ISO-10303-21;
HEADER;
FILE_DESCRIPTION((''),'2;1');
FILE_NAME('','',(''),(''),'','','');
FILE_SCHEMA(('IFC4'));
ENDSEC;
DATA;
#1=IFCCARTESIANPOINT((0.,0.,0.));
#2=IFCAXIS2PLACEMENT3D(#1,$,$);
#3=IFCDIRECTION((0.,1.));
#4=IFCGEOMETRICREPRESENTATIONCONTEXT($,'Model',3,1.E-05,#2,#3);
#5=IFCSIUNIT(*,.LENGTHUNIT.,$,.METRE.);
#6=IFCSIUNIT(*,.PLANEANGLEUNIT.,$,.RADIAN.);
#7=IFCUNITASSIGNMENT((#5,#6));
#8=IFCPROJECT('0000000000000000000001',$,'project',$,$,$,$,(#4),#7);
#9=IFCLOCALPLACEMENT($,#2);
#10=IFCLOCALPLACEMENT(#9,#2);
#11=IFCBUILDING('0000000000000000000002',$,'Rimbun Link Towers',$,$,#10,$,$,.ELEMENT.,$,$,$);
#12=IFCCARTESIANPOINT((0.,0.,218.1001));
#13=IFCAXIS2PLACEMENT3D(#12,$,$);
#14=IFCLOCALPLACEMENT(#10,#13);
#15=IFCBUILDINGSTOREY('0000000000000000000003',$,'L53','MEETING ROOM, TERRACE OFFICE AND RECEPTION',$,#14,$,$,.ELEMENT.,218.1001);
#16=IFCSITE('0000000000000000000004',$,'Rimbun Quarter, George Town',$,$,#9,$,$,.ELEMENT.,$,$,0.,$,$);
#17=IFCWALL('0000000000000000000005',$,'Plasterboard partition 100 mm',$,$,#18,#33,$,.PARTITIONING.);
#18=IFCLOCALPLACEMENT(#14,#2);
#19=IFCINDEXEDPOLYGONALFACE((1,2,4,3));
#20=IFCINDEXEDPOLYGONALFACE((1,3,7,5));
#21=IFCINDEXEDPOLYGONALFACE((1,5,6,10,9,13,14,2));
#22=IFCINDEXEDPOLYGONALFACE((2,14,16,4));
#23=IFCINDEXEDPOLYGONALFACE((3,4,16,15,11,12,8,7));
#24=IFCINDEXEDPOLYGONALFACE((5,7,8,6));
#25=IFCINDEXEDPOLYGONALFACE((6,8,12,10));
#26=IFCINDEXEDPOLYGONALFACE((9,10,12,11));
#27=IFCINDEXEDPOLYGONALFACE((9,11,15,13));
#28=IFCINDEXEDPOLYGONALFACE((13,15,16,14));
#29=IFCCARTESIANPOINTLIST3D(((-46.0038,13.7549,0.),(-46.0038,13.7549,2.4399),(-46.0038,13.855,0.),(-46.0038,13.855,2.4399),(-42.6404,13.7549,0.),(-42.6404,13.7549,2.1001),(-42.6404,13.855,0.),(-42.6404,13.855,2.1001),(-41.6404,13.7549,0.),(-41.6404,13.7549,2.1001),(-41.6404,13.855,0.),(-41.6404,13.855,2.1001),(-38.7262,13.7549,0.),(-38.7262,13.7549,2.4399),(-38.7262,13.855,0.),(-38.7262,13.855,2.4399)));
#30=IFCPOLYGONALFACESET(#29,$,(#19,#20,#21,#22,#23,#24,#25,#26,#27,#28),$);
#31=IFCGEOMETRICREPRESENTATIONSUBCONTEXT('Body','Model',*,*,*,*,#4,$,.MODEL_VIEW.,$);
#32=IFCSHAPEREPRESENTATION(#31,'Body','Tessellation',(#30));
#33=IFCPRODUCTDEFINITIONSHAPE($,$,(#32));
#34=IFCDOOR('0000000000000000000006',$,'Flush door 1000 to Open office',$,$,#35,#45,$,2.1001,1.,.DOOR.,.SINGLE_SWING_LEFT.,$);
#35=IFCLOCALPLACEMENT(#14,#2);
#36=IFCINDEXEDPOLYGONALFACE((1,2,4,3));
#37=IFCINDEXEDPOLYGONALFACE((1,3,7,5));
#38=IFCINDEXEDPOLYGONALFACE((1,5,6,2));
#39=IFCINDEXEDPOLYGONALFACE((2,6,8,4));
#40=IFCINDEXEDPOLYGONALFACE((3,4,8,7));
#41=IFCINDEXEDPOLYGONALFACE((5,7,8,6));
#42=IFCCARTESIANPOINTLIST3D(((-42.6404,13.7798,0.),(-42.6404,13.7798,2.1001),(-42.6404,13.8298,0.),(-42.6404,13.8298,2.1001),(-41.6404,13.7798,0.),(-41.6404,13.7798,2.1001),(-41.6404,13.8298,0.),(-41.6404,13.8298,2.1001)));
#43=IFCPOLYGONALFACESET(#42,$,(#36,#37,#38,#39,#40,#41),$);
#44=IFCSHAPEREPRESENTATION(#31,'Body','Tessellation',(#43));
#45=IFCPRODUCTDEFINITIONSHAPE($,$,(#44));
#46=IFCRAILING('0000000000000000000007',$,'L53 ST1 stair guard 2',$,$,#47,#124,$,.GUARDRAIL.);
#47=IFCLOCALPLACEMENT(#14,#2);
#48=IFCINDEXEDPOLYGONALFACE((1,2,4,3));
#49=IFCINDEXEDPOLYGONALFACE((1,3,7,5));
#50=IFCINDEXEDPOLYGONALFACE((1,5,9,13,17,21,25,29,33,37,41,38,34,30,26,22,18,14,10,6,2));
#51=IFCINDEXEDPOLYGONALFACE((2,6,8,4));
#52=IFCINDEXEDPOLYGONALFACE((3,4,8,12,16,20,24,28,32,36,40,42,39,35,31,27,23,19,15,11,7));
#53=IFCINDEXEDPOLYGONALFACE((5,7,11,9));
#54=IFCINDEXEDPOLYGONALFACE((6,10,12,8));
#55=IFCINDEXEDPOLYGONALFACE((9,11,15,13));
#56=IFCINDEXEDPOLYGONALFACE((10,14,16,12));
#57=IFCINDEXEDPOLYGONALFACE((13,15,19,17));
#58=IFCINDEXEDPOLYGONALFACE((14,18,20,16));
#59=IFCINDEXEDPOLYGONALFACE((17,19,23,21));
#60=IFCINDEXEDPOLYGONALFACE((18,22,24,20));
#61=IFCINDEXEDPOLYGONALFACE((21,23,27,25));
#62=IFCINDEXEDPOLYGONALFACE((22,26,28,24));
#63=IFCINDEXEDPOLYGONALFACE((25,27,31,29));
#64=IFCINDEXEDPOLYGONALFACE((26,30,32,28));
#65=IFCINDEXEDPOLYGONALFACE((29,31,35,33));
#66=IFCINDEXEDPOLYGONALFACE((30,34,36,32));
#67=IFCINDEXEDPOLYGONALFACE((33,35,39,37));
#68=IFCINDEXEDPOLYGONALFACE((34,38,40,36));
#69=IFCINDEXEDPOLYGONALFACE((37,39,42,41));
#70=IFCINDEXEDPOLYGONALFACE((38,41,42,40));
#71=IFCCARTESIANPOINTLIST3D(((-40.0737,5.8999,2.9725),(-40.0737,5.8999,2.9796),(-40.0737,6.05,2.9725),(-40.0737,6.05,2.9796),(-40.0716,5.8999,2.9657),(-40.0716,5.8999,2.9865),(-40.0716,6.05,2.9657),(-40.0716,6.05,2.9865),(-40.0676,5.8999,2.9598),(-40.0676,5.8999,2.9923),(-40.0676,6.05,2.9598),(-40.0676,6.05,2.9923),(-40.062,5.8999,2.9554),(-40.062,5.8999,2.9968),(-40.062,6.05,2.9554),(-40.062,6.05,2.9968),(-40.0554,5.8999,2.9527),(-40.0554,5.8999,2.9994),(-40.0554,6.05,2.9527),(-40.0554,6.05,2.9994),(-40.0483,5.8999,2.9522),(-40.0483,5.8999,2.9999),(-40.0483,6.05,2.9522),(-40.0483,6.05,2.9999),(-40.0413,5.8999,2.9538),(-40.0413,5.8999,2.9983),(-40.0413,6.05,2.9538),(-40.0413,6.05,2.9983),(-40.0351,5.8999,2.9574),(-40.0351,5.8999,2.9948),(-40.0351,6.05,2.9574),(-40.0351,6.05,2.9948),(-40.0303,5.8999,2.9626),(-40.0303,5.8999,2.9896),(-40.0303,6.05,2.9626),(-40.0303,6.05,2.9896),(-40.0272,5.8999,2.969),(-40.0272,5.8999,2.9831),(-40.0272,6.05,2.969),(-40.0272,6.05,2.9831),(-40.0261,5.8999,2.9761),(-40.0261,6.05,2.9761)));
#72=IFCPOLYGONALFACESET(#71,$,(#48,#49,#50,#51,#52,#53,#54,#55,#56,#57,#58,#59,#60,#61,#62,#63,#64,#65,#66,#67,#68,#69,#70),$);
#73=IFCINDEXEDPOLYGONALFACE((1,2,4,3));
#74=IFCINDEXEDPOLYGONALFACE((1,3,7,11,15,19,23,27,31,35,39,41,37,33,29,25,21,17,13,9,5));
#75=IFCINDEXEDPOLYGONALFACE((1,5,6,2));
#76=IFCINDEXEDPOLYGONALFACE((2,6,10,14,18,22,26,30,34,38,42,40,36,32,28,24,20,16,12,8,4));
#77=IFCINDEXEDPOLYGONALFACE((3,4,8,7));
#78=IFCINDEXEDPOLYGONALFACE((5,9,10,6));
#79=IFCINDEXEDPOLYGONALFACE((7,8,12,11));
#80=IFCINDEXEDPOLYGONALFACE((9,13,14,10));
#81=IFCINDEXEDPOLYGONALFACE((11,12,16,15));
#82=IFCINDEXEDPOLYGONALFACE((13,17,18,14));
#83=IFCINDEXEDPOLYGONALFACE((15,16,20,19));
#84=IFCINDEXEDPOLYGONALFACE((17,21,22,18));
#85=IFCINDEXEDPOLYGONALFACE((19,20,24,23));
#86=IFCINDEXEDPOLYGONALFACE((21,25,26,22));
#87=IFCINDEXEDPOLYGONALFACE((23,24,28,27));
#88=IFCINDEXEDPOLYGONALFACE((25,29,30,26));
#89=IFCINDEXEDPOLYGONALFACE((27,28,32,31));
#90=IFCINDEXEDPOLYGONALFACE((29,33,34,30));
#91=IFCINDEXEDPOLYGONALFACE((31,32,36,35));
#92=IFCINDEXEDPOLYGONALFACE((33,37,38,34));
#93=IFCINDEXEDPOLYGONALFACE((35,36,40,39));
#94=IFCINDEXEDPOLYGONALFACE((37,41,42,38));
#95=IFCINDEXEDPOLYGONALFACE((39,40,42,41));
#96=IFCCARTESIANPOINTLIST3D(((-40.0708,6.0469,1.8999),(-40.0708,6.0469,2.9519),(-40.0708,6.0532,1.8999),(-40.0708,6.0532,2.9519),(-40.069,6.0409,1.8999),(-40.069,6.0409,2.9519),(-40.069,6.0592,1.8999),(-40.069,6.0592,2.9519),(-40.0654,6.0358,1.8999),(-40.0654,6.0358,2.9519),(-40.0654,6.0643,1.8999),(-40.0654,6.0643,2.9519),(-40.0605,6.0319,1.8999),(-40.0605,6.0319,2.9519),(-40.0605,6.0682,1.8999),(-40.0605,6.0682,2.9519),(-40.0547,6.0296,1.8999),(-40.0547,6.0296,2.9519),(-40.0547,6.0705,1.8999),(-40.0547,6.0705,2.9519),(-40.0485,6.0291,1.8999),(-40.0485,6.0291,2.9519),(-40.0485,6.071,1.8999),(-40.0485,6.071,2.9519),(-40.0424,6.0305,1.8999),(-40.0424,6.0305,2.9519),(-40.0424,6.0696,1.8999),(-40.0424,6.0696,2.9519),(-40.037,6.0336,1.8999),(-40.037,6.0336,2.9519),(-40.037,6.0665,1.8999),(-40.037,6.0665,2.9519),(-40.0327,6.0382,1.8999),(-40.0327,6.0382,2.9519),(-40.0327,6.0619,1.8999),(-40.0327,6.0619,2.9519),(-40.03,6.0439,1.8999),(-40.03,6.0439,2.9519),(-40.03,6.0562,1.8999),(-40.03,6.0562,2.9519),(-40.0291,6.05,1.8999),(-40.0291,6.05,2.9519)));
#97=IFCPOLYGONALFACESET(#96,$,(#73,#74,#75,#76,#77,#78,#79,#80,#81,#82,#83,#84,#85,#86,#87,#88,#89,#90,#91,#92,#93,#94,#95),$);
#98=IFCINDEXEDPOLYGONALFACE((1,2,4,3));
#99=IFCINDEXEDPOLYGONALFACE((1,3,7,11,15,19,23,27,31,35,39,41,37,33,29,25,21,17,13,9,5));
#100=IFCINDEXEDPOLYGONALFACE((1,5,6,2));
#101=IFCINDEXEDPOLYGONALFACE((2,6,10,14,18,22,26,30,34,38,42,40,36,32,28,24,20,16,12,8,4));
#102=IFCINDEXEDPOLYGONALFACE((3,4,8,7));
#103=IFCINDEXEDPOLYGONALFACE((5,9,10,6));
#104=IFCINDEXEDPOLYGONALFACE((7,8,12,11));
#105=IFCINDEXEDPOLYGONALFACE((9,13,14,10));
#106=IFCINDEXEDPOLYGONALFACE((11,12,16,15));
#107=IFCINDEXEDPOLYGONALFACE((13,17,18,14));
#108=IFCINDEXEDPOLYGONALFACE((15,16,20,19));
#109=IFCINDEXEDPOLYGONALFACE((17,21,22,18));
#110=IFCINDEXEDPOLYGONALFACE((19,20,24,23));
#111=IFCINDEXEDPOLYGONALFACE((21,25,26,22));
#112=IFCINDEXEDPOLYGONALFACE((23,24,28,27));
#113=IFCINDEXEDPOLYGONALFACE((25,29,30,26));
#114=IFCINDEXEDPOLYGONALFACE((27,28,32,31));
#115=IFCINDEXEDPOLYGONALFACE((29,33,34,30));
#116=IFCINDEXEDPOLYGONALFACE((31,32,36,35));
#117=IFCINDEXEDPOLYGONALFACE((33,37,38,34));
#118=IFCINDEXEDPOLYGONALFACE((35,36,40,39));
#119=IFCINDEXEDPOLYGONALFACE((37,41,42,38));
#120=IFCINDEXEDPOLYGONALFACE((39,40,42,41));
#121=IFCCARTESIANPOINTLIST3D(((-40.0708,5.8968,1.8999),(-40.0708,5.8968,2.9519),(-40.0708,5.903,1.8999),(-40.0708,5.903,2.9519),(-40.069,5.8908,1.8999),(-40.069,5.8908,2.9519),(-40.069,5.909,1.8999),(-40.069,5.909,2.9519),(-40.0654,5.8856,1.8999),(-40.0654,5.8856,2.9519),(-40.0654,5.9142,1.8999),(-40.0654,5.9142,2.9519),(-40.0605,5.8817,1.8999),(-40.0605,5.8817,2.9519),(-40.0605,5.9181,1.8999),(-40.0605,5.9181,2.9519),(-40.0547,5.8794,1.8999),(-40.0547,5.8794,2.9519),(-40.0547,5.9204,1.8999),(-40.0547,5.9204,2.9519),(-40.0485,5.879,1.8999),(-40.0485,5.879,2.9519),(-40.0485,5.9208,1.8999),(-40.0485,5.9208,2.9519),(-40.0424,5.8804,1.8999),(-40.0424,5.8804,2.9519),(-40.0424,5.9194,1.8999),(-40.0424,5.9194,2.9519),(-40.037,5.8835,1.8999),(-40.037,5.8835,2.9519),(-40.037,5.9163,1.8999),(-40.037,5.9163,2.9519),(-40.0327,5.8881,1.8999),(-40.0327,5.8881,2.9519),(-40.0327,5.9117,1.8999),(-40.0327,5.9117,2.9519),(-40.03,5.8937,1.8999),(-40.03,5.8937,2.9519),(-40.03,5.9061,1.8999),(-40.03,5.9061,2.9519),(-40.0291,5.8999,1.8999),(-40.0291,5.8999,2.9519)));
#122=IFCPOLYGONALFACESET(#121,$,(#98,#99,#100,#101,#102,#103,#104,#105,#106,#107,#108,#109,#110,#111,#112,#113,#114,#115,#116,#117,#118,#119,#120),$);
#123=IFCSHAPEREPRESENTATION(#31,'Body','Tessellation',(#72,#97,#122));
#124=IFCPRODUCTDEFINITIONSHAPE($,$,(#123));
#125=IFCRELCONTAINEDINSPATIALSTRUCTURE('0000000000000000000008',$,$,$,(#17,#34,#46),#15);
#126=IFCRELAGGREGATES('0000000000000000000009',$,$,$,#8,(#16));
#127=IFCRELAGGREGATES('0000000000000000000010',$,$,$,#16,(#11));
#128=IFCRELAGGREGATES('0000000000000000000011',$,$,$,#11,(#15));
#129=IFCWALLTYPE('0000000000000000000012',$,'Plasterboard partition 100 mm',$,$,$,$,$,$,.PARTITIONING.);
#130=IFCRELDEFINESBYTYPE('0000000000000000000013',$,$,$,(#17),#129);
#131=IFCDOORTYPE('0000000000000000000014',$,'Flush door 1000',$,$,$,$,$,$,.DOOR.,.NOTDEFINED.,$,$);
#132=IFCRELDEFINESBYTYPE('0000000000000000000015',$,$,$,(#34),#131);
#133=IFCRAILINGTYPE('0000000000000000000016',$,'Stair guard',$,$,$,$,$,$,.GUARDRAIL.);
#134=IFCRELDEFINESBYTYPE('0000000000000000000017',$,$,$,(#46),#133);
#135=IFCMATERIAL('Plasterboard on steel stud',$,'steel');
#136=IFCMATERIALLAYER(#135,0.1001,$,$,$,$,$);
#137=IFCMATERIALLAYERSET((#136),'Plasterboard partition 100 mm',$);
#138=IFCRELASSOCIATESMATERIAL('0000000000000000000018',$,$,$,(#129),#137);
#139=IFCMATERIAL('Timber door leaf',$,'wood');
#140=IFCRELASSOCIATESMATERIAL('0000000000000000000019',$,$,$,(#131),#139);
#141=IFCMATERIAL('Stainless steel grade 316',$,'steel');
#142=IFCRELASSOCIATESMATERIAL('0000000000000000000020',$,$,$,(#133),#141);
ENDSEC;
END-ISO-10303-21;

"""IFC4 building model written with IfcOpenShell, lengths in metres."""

from ifc_helpers import new_model, si_unit, direction, frame, frame_2d, origin, origin_2d, place, context, subcontext, project, spatial, rectangle, circle, extrude, material, layer, layer_set, type_object, element, fill, save


model = new_model("IFC4")

# Units and contexts
model_context = context("Model", 3, precision=1e-05, world=origin(), true_north=direction((0.0, 1.0)))
body_context = subcontext(model_context, "Body", "Model", "MODEL_VIEW")
ifc_project = project(units=[si_unit("LENGTHUNIT", "METRE"), si_unit("PLANEANGLEUNIT", "RADIAN")], contexts=[model_context])

# Site, building, storey
site_placement = place(None, origin())
site = spatial("IfcSite", under=ifc_project, at=site_placement, Name="Rimbun Quarter, George Town", CompositionType="ELEMENT", RefElevation=0.0)
building_placement = place(site_placement, origin())
building = spatial("IfcBuilding", under=site, at=building_placement, Name="Rimbun Link Towers", CompositionType="ELEMENT")
storey_placement = place(building_placement, frame((0.0, 0.0, 218.1001)))
storey = spatial("IfcBuildingStorey", under=building, at=storey_placement, Name="L53", Description="MEETING ROOM, TERRACE OFFICE AND RECEPTION", CompositionType="ELEMENT", Elevation=218.1001)

# Wall, opening, door
ifc_material_1 = material(Name="Plasterboard on steel stud", Category="steel")
ifc_layer_1 = layer(ifc_material_1, 0.1001)
ifc_layer_set_1 = layer_set([ifc_layer_1], Name="Plasterboard partition 100 mm")
wall_type_1 = type_object("IfcWallType", Name="Plasterboard partition 100 mm", PredefinedType="PARTITIONING", material=ifc_layer_set_1)
wall_1_placement = place(storey_placement, frame((-46.0037, 13.8049, 0.0), z_axis=(0.0, 0.0, 1.0), x_axis=(1.0, 0.0, 0.0)))
wall_1 = element("IfcWall", 1, at=wall_1_placement, inside=storey, type_object=wall_type_1, Name="Plasterboard partition 100 mm", PredefinedType="PARTITIONING", context=body_context, shape_type="SweptSolid", body=[
    extrude(rectangle(XDim=7.2776, YDim=0.1001, at=frame_2d((3.6387, 0.0))), origin(), (0.0, 0.0, 1.0), 2.4399),
])
opening_1_placement = place(wall_1_placement, frame((3.3633, 0.0, 0.0)))
opening_1 = element("IfcOpeningElement", 2, at=opening_1_placement, cuts=wall_1, PredefinedType="OPENING", context=body_context, shape_type="SweptSolid", body=[
    extrude(rectangle(XDim=1.0, YDim=2.1001, at=frame_2d((0.5, 1.05))), frame((0.0, 0.0601, 0.0), z_axis=(0.0, -1.0, 0.0), x_axis=(1.0, 0.0, 0.0)), (0.0, 0.0, 1.0), 0.1201),
])
ifc_material_2 = material(Name="Timber door leaf", Category="wood")
door_type_1 = type_object("IfcDoorType", Name="Flush door 1000", OperationType="NOTDEFINED", PredefinedType="DOOR", material=ifc_material_2)
door_1_placement = place(opening_1_placement, origin())
door_1 = element("IfcDoor", 3, at=door_1_placement, inside=storey, type_object=door_type_1, Name="Flush door 1000 to Open office", OperationType="SINGLE_SWING_LEFT", OverallHeight=2.1001, OverallWidth=1.0, PredefinedType="DOOR", context=body_context, shape_type="SweptSolid", body=[
    extrude(rectangle(XDim=1.0, YDim=2.1001, at=frame_2d((0.5, 1.05))), frame((0.0, 0.0249, 0.0), z_axis=(0.0, -1.0, 0.0), x_axis=(1.0, 0.0, 0.0)), (0.0, 0.0, 1.0), 0.05),
])
fill(opening_1, door_1)

# Railing
ifc_material_3 = material(Name="Stainless steel grade 316", Category="steel")
railing_type_1 = type_object("IfcRailingType", Name="Stair guard", PredefinedType="GUARDRAIL", material=ifc_material_3)
railing_1_placement = place(storey_placement, frame((-40.05, 6.05, 1.8999)))
element("IfcRailing", 4, at=railing_1_placement, inside=storey, type_object=railing_type_1, Name="L53 ST1 stair guard 2", PredefinedType="GUARDRAIL", context=body_context, shape_type="SweptSolid", body=[
    extrude(circle(Radius=0.0239, at=origin_2d()), frame((0.0, 0.0, 1.0762), z_axis=(0.0, -1.0, 0.0), x_axis=(1.0, 0.0, 0.0)), (0.0, 0.0, 1.0), 0.1501),
    extrude(circle(Radius=0.021, at=origin_2d()), origin(), (0.0, 0.0, 1.0), 1.052),
    extrude(circle(Radius=0.021, at=origin_2d()), frame((0.0, -0.1501, 0.0)), (0.0, 0.0, 1.0), 1.052),
])

save(model, "model.ifc")
